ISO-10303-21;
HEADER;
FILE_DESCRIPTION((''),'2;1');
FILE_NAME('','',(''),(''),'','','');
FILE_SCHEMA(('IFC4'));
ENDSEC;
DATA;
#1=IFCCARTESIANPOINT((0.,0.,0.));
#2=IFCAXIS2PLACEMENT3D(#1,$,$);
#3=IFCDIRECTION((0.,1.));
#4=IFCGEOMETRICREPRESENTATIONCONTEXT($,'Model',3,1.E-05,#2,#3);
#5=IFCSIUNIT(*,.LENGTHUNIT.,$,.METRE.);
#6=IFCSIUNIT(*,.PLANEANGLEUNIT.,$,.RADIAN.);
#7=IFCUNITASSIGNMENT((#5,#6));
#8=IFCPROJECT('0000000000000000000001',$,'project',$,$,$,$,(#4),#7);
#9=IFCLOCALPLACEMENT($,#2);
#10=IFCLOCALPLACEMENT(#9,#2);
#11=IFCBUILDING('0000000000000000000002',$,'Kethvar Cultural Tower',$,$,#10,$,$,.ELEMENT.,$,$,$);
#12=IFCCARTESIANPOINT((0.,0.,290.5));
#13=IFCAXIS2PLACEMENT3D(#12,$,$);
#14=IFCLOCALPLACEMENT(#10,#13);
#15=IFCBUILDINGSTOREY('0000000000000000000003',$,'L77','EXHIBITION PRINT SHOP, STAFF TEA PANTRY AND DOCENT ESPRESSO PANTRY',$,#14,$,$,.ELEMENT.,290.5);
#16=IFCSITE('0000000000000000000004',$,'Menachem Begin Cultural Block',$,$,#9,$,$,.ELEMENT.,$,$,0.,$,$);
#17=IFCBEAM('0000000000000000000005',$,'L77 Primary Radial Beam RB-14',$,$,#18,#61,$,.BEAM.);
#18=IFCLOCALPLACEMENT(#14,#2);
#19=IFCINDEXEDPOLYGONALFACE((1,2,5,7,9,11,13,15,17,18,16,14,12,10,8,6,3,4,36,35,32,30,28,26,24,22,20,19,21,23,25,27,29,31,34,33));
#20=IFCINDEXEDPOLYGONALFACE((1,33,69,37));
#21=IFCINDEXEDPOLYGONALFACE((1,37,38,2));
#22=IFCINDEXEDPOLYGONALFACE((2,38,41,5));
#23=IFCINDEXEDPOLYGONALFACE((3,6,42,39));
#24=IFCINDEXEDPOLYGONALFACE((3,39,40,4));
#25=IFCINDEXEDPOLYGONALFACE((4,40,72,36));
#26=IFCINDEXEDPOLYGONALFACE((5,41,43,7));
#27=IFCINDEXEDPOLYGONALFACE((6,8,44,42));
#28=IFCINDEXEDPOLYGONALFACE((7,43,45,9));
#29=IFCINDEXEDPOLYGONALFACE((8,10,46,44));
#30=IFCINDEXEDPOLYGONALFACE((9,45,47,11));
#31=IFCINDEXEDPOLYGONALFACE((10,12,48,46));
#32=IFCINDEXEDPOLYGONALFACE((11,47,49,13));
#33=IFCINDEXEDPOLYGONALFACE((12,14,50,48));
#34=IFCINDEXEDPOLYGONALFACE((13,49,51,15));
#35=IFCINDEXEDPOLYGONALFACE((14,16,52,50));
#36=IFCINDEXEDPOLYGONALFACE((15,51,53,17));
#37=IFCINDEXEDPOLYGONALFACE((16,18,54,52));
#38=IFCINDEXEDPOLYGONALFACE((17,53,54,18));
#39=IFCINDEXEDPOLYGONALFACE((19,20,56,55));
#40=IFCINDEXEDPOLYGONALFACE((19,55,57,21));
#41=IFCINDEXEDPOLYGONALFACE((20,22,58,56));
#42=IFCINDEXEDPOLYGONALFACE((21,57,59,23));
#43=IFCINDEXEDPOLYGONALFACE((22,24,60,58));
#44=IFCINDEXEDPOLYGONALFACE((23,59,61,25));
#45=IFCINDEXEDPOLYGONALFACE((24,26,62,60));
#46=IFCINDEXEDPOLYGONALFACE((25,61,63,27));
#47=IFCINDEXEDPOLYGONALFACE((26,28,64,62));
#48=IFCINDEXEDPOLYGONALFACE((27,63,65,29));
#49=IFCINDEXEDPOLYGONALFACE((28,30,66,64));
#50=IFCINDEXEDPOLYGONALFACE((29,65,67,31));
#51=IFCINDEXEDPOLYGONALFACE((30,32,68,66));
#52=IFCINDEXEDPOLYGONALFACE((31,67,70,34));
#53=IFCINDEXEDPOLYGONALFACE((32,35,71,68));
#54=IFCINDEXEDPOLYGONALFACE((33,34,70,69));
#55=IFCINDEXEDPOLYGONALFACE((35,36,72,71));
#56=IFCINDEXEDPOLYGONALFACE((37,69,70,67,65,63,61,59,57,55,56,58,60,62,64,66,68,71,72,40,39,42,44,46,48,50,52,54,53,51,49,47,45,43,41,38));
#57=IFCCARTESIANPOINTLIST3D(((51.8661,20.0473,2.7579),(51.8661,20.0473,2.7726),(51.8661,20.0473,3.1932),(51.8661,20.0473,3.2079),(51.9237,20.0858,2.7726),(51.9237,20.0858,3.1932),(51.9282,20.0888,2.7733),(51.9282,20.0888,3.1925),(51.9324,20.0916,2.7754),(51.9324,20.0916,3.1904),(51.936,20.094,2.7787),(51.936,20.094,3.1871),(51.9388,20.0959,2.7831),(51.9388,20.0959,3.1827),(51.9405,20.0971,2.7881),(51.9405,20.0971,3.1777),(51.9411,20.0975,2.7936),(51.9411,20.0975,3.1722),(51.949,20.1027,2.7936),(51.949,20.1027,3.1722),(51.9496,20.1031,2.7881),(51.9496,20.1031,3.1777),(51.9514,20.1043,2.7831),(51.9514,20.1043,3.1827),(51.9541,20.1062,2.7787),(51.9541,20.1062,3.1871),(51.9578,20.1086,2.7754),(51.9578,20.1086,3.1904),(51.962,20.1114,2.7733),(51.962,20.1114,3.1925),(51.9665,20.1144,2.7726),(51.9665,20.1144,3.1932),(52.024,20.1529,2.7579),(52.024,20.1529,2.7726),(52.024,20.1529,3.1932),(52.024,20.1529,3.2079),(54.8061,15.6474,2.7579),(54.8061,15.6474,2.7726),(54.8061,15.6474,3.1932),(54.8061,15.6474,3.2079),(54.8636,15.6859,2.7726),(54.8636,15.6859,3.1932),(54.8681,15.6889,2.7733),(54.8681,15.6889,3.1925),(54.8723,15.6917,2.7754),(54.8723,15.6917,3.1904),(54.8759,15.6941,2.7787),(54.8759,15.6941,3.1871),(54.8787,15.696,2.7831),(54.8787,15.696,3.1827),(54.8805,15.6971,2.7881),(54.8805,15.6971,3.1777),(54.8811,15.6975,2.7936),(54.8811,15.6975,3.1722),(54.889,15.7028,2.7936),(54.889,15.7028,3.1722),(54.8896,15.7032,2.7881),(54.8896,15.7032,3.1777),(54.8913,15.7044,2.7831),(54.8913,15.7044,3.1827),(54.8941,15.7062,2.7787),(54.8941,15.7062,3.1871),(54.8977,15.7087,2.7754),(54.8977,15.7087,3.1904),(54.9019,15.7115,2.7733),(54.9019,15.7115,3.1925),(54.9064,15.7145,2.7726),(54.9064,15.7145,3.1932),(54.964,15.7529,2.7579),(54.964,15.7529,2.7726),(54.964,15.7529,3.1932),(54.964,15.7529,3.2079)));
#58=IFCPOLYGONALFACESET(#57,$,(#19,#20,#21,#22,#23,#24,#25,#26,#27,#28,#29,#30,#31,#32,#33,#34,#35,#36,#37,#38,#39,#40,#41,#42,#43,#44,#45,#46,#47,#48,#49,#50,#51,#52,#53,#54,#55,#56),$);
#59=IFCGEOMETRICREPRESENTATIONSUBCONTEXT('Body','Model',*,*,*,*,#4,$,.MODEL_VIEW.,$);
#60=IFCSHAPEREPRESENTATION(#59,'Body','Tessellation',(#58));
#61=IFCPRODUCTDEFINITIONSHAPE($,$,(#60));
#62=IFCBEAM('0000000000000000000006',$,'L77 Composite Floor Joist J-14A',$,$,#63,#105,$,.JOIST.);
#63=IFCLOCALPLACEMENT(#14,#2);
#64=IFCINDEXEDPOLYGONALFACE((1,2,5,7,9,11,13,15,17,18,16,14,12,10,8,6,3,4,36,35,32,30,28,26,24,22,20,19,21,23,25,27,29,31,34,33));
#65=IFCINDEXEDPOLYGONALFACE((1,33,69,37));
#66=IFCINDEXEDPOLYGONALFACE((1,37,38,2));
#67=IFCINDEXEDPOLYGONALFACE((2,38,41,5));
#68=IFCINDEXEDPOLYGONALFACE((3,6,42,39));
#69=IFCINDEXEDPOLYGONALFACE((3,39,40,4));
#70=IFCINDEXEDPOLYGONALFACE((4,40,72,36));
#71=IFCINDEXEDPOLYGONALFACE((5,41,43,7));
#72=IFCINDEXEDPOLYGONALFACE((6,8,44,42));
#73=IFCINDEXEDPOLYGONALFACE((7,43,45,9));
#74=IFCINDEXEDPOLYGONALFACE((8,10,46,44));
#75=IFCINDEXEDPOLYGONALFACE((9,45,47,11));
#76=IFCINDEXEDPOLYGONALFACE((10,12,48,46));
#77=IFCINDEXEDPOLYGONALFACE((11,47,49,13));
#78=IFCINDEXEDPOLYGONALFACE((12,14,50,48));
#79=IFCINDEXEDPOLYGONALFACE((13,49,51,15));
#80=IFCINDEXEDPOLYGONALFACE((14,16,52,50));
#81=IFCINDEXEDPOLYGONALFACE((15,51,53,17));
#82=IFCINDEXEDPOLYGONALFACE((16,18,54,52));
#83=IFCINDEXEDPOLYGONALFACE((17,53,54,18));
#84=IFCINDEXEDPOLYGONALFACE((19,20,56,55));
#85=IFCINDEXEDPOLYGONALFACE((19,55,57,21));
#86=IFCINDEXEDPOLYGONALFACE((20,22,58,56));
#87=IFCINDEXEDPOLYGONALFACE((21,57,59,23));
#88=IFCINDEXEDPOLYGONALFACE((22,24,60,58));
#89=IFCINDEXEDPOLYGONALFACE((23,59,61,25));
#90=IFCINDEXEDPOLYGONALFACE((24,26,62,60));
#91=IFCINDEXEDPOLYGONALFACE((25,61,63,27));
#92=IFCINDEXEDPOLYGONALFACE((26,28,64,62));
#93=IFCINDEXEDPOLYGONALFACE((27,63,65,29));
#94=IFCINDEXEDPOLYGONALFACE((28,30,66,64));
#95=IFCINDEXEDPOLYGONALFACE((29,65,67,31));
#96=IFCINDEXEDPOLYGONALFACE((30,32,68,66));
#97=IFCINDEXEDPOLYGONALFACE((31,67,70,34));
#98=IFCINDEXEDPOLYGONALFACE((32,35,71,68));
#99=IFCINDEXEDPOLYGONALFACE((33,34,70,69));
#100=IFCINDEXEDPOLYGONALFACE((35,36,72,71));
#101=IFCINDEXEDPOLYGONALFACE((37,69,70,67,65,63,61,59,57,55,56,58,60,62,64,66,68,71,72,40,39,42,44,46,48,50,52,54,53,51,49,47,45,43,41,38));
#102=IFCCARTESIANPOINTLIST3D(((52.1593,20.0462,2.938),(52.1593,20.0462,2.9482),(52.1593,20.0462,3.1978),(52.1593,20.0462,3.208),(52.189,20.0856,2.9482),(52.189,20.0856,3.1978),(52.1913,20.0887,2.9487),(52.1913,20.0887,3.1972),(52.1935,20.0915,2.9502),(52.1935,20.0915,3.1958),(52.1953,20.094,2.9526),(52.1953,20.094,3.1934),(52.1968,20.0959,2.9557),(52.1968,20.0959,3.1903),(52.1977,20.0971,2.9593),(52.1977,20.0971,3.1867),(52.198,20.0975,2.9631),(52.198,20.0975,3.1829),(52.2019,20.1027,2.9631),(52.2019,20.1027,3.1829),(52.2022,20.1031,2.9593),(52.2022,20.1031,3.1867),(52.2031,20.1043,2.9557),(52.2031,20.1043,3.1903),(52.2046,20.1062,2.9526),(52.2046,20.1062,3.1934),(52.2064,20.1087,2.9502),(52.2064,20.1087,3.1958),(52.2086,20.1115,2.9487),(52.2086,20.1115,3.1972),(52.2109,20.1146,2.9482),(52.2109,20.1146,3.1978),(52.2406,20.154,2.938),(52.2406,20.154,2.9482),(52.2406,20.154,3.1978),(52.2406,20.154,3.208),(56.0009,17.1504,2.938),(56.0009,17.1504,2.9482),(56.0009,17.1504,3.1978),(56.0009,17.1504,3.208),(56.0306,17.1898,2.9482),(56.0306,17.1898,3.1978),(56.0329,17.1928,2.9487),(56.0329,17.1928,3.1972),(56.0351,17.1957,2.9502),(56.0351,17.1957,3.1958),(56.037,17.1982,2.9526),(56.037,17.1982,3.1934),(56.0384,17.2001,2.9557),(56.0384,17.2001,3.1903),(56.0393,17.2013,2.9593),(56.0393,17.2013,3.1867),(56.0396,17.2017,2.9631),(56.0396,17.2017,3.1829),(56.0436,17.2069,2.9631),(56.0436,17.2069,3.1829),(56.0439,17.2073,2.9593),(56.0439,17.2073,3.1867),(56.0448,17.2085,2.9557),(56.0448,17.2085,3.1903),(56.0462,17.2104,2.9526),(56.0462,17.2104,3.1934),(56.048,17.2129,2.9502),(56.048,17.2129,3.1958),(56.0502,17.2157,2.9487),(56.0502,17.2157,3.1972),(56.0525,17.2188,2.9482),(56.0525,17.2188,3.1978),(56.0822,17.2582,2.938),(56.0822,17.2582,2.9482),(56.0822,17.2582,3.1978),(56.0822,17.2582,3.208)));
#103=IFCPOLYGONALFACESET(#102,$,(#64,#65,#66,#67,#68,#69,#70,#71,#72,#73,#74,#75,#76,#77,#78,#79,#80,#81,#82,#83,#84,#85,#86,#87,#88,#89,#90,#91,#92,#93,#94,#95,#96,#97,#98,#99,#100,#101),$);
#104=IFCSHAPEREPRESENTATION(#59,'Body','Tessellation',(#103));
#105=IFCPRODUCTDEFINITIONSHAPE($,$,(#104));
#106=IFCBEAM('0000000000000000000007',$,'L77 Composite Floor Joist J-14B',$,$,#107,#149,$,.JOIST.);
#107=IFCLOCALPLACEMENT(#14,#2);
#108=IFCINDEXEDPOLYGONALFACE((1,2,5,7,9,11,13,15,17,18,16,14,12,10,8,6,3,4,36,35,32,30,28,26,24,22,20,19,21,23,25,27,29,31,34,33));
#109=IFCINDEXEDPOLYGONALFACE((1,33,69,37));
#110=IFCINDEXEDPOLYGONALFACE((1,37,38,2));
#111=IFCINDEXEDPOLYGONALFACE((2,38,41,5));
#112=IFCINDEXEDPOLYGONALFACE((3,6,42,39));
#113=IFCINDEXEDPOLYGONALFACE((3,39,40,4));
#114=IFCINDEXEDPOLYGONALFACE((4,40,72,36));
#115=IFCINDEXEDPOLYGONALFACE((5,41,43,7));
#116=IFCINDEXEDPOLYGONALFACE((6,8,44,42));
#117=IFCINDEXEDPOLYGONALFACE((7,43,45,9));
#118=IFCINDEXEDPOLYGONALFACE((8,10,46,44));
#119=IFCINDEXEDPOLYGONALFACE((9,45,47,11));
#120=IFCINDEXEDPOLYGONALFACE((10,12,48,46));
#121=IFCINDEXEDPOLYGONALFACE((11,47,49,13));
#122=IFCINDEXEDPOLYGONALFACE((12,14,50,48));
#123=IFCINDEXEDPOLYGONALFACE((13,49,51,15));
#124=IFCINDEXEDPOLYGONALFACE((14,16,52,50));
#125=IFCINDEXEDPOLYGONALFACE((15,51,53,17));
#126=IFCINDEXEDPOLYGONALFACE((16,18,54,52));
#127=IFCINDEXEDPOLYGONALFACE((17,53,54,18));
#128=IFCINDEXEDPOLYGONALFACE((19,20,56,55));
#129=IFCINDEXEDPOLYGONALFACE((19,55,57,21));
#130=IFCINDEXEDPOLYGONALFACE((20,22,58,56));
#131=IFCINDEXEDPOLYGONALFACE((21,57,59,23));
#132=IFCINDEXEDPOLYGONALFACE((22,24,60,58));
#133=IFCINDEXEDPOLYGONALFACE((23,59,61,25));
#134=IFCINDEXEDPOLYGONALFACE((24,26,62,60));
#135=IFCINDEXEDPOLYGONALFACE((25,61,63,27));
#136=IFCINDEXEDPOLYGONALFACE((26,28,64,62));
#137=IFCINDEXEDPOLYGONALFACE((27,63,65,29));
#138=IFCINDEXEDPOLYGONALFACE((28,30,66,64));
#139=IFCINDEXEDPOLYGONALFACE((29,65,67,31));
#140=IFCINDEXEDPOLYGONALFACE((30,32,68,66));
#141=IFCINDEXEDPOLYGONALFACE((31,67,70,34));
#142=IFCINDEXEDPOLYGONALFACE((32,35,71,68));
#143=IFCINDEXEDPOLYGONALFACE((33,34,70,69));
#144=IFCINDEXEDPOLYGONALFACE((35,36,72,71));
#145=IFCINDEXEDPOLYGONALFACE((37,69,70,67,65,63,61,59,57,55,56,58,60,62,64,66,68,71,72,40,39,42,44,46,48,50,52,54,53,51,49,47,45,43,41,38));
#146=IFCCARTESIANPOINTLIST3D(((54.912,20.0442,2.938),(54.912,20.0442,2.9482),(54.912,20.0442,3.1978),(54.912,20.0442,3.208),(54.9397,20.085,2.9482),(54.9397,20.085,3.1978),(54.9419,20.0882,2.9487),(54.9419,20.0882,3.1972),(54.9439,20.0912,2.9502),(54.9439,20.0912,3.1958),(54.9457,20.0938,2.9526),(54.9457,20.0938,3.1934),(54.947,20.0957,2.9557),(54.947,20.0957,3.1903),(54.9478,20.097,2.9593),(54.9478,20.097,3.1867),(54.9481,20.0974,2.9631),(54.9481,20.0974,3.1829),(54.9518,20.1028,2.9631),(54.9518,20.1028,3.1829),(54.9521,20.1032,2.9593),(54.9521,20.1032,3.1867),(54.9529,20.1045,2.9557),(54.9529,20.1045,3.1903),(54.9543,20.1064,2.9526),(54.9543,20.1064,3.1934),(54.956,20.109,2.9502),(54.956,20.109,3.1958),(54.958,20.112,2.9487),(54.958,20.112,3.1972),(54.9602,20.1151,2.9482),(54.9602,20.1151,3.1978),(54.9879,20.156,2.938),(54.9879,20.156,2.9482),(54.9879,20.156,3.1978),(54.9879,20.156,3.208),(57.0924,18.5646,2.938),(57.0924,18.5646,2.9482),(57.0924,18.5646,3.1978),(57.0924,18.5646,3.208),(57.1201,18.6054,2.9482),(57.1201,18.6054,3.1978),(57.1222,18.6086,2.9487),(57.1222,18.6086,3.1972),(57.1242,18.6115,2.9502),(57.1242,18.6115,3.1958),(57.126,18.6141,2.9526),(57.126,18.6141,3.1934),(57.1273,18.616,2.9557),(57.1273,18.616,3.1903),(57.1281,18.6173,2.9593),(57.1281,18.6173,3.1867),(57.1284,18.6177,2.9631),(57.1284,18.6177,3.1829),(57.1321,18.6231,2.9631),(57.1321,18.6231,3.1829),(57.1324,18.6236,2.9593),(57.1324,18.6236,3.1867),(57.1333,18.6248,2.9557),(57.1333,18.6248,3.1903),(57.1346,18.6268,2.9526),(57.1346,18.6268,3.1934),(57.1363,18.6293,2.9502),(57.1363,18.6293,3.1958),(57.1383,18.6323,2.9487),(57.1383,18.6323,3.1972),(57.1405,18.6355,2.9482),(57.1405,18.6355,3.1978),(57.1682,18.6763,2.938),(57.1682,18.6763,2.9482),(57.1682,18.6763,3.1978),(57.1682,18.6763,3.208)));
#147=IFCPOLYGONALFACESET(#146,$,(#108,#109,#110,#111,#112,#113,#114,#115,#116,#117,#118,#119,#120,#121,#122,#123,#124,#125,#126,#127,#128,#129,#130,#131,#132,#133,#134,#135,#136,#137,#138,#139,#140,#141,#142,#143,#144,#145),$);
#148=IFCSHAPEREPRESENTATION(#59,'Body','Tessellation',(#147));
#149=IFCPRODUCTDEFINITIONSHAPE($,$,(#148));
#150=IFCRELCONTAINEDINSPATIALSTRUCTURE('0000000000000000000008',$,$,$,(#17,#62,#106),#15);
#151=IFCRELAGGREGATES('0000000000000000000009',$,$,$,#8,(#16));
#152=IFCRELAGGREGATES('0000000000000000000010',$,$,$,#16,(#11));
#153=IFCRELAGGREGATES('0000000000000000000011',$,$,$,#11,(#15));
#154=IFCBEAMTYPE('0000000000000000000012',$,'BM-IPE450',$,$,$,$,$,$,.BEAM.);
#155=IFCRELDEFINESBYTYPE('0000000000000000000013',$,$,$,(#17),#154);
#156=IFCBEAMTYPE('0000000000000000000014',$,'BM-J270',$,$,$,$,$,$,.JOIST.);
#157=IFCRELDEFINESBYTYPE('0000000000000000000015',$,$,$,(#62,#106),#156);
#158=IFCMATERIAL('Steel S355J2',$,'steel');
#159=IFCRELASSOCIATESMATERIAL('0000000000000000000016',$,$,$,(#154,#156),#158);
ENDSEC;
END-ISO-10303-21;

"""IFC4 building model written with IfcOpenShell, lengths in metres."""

from ifc_helpers import new_model, si_unit, direction, frame, origin, origin_2d, place, context, subcontext, project, spatial, i_section, extrude, source, transform, mapped, material, material_profile, profile_set, type_object, element, save


model = new_model("IFC4")

# Units and contexts
model_context = context("Model", 3, precision=1e-05, world=origin(), true_north=direction((0.0, 1.0)))
body_context = subcontext(model_context, "Body", "Model", "MODEL_VIEW")
ifc_project = project(units=[si_unit("LENGTHUNIT", "METRE"), si_unit("PLANEANGLEUNIT", "RADIAN")], contexts=[model_context])

# Site, building, storey
site_placement = place(None, origin())
site = spatial("IfcSite", under=ifc_project, at=site_placement, Name="Menachem Begin Cultural Block", CompositionType="ELEMENT", RefElevation=0.0)
building_placement = place(site_placement, origin())
building = spatial("IfcBuilding", under=site, at=building_placement, Name="Kethvar Cultural Tower", CompositionType="ELEMENT")
storey_placement = place(building_placement, frame((0.0, 0.0, 290.5)))
storey = spatial("IfcBuildingStorey", under=building, at=storey_placement, Name="L77", Description="EXHIBITION PRINT SHOP, STAFF TEA PANTRY AND DOCENT ESPRESSO PANTRY", CompositionType="ELEMENT", Elevation=290.5)

# Beams
ifc_material_1 = material(Name="Steel S355J2", Category="steel")
ifc_material_profile_1 = material_profile(ifc_material_1, i_section(OverallWidth=0.1899, OverallDepth=0.45, WebThickness=0.0095, FlangeThickness=0.0146, FilletRadius=0.021, at=origin_2d()), Name="Steel S355J2 — IPE450")
ifc_profile_set_1 = profile_set([ifc_material_profile_1], Name="Steel S355J2 — IPE450")
beam_type_1 = type_object("IfcBeamType", Name="BM-IPE450", PredefinedType="BEAM", material=ifc_profile_set_1)
shared_shape_1 = source(origin(), body_context, "Body", "SweptSolid", [
    extrude(i_section(OverallWidth=0.1899, OverallDepth=0.45, WebThickness=0.0095, FlangeThickness=0.0146, FilletRadius=0.021, at=origin_2d()), origin(), (0.0, 0.0, 1.0), 5.2917),
])
beam_1_placement = place(storey_placement, frame((51.9451, 20.1001, 2.9829), z_axis=(0.555573, -0.831468, 0.0), x_axis=(0.831468, 0.555573, 0.0)))
element("IfcBeam", 1, at=beam_1_placement, inside=storey, type_object=beam_type_1, Name="L77 Primary Radial Beam RB-14", PredefinedType="BEAM", context=body_context, shape_type="MappedRepresentation", body=[
    mapped(shared_shape_1, transform((0.0, 0.0, 0.0), scale=1.0)),
])
ifc_material_profile_2 = material_profile(ifc_material_1, i_section(OverallWidth=0.135, OverallDepth=0.27, WebThickness=0.0066, FlangeThickness=0.0103, FilletRadius=0.0149, at=origin_2d()), Name="Steel S355J2 — IPE270")
ifc_profile_set_2 = profile_set([ifc_material_profile_2], Name="Steel S355J2 — IPE270")
beam_type_2 = type_object("IfcBeamType", Name="BM-J270", PredefinedType="JOIST", material=ifc_profile_set_2)
shared_shape_2 = source(origin(), body_context, "Body", "SweptSolid", [
    extrude(i_section(OverallWidth=0.135, OverallDepth=0.27, WebThickness=0.0066, FlangeThickness=0.0103, FilletRadius=0.0149, at=origin_2d()), origin(), (0.0, 0.0, 1.0), 4.8108),
])
beam_2_placement = place(storey_placement, frame((52.2, 20.1001, 3.073), z_axis=(0.798542, -0.601939, 0.0), x_axis=(0.601939, 0.798542, 0.0)))
element("IfcBeam", 2, at=beam_2_placement, inside=storey, type_object=beam_type_2, Name="L77 Composite Floor Joist J-14A", PredefinedType="JOIST", context=body_context, shape_type="MappedRepresentation", body=[
    mapped(shared_shape_2, transform((0.0, 0.0, 0.0), scale=1.0)),
])
shared_shape_3 = source(origin(), body_context, "Body", "SweptSolid", [
    extrude(i_section(OverallWidth=0.135, OverallDepth=0.27, WebThickness=0.0066, FlangeThickness=0.0103, FilletRadius=0.0149, at=origin_2d()), origin(), (0.0, 0.0, 1.0), 2.635),
])
beam_3_placement = place(storey_placement, frame((54.95, 20.1001, 3.073), z_axis=(0.827447, -0.561544, 0.0), x_axis=(0.561544, 0.827447, 0.0)))
element("IfcBeam", 3, at=beam_3_placement, inside=storey, type_object=beam_type_2, Name="L77 Composite Floor Joist J-14B", PredefinedType="JOIST", context=body_context, shape_type="MappedRepresentation", body=[
    mapped(shared_shape_3, transform((0.0, 0.0, 0.0), scale=1.0)),
])

save(model, "model.ifc")
